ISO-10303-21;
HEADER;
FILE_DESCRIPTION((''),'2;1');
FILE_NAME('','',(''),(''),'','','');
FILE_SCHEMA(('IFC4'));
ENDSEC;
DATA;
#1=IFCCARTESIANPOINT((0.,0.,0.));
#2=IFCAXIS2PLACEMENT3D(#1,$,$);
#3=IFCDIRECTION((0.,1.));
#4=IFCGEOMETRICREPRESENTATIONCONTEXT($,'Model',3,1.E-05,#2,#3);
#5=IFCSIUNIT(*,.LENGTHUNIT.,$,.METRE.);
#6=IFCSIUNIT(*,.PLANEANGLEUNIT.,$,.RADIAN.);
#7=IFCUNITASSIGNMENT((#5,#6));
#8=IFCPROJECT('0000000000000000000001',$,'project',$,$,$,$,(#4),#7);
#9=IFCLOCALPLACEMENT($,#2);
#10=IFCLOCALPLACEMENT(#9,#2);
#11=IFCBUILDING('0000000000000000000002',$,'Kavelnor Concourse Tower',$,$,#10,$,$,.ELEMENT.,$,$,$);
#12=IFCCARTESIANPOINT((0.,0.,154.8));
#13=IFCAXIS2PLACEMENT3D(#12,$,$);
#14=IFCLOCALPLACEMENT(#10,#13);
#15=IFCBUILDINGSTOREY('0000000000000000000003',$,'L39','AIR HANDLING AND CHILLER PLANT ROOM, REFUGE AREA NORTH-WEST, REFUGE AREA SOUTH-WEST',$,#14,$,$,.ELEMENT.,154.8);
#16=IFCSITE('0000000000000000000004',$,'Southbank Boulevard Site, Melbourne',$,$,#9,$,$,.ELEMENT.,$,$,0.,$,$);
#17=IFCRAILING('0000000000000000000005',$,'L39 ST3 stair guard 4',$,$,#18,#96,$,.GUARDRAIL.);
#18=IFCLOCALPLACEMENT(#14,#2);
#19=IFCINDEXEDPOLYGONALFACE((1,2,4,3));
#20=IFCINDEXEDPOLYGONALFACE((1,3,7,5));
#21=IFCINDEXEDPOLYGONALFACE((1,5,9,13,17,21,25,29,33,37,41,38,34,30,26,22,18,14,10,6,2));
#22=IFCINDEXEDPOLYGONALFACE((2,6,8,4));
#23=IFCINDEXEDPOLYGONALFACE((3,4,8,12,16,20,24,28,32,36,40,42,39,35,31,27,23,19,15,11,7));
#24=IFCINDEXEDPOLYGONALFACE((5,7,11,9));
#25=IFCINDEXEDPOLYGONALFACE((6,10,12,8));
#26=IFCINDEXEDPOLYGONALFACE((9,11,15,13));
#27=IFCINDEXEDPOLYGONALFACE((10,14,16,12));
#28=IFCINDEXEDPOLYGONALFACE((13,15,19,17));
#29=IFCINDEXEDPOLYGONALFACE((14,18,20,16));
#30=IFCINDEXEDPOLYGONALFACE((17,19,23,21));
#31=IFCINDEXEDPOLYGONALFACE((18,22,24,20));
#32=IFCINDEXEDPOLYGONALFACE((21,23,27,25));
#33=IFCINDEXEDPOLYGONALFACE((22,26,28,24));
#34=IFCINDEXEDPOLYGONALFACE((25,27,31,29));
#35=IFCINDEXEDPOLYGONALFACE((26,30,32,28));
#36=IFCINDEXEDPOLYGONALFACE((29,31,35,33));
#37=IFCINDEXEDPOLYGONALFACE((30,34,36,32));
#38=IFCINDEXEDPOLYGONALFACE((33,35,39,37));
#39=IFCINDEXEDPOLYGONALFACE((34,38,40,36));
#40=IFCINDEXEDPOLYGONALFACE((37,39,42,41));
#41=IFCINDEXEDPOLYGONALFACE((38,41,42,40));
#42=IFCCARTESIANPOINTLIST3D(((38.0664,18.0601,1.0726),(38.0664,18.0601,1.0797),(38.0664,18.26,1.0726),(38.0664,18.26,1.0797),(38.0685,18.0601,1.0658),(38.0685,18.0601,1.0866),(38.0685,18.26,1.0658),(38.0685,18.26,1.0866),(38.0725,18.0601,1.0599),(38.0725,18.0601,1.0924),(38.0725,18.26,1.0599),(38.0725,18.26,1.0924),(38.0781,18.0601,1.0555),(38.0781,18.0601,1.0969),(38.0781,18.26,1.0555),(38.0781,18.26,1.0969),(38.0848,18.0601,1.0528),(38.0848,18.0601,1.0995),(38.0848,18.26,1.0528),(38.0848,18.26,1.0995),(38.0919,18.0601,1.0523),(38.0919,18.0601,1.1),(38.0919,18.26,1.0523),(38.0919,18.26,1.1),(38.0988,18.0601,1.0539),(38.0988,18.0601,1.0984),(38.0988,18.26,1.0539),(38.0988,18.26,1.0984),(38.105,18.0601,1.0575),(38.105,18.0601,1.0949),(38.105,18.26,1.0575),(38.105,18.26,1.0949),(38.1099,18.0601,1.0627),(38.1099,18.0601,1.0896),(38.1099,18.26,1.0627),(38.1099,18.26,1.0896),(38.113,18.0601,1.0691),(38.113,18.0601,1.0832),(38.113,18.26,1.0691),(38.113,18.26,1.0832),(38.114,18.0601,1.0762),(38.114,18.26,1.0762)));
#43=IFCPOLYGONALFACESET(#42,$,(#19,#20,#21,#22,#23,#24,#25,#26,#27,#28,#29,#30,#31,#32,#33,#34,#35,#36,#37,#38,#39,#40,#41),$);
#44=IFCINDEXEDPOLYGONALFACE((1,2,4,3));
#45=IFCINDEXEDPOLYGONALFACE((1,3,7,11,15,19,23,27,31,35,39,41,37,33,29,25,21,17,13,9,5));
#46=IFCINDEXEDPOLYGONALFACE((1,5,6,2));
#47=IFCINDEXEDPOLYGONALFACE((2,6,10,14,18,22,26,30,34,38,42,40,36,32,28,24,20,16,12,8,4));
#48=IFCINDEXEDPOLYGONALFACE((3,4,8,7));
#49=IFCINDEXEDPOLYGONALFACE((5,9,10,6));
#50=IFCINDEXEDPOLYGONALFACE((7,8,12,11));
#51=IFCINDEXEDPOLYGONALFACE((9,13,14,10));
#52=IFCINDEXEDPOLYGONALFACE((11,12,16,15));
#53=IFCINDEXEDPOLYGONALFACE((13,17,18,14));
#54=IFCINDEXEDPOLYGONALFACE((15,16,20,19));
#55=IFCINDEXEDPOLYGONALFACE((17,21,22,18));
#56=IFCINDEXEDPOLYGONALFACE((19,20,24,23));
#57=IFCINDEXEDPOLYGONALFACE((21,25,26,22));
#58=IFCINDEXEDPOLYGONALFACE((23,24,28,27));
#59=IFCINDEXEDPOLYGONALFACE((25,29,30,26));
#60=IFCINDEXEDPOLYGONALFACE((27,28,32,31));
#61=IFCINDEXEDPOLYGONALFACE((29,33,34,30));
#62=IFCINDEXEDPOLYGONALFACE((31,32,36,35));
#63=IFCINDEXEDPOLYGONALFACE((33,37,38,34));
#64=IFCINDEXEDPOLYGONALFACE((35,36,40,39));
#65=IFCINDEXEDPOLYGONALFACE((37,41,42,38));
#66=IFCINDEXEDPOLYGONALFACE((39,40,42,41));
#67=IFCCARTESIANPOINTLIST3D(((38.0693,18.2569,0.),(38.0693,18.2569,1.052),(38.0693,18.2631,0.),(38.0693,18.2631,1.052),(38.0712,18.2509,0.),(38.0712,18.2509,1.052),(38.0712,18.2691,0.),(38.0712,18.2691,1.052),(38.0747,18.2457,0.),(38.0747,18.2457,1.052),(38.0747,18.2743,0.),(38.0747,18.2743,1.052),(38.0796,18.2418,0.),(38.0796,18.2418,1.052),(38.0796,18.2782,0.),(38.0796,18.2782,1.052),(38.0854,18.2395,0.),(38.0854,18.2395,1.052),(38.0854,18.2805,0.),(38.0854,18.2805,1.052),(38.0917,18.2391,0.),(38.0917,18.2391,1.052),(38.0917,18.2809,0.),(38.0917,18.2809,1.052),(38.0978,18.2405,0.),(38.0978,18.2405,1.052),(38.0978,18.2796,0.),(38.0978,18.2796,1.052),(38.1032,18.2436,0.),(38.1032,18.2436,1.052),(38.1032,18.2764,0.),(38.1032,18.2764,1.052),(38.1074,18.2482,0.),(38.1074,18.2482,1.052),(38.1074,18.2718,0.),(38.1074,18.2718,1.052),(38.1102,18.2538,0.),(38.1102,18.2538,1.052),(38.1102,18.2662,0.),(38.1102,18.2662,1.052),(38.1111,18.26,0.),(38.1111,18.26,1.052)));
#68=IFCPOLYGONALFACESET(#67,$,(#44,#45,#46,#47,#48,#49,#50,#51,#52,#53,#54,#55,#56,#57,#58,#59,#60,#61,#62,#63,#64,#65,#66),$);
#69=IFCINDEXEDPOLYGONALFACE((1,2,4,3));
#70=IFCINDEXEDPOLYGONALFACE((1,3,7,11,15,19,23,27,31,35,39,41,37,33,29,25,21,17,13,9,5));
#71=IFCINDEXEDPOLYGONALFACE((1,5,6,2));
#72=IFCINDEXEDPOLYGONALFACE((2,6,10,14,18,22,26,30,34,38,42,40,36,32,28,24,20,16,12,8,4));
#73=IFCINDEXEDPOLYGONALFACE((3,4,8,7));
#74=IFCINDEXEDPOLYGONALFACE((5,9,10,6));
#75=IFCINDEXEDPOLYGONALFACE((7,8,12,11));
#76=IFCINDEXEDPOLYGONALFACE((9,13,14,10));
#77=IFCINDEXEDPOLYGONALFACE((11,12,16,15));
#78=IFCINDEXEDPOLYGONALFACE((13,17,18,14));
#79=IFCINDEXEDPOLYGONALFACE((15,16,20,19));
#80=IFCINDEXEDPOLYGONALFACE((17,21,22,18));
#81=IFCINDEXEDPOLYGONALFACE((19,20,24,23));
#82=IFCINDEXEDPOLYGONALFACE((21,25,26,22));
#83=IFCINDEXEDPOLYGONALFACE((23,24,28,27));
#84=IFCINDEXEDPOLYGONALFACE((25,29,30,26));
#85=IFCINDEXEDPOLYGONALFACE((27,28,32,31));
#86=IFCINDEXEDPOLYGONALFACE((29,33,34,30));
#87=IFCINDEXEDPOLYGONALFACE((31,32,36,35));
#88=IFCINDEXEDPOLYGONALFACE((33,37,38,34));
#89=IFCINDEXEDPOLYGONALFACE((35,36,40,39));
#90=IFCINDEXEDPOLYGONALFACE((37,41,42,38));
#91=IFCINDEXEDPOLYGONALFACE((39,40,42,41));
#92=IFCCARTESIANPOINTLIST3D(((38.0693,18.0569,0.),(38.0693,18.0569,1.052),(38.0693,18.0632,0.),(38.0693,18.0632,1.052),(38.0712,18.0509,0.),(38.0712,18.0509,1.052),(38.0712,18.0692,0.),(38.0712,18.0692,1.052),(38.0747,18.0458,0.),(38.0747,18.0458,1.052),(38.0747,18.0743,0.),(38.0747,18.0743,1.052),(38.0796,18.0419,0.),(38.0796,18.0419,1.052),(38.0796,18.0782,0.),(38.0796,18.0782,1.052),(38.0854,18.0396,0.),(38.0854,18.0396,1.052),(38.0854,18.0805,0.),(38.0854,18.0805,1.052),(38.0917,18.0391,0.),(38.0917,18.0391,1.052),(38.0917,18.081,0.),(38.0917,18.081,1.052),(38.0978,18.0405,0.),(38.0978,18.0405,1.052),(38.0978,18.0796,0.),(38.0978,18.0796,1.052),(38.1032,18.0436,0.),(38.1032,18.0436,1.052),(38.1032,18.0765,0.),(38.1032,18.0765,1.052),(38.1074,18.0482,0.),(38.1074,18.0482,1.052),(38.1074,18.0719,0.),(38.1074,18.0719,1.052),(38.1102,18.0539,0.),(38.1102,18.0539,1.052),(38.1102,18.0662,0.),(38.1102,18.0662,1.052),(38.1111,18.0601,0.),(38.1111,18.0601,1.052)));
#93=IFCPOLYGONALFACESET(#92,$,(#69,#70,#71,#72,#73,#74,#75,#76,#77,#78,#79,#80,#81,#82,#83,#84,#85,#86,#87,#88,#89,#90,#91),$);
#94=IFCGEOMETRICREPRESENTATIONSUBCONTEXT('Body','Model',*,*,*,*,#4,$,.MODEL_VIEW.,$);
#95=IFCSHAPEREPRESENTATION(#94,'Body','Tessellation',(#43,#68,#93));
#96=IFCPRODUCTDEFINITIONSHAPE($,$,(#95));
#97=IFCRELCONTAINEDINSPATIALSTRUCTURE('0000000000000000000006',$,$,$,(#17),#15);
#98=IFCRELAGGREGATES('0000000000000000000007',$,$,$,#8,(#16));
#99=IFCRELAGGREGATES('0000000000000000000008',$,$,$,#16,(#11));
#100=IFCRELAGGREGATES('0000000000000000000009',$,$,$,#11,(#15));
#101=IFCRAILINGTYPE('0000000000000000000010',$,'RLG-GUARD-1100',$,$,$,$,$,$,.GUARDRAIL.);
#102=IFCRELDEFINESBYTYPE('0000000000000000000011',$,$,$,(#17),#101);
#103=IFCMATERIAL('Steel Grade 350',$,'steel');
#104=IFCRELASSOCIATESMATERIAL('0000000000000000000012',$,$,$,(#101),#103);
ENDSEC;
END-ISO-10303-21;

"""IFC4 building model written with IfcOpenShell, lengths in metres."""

from ifc_helpers import new_model, si_unit, direction, frame, origin, origin_2d, place, context, subcontext, project, spatial, circle, extrude, material, type_object, element, save


model = new_model("IFC4")

# Units and contexts
model_context = context("Model", 3, precision=1e-05, world=origin(), true_north=direction((0.0, 1.0)))
body_context = subcontext(model_context, "Body", "Model", "MODEL_VIEW")
ifc_project = project(units=[si_unit("LENGTHUNIT", "METRE"), si_unit("PLANEANGLEUNIT", "RADIAN")], contexts=[model_context])

# Site, building, storey
site_placement = place(None, origin())
site = spatial("IfcSite", under=ifc_project, at=site_placement, Name="Southbank Boulevard Site, Melbourne", CompositionType="ELEMENT", RefElevation=0.0)
building_placement = place(site_placement, origin())
building = spatial("IfcBuilding", under=site, at=building_placement, Name="Kavelnor Concourse Tower", CompositionType="ELEMENT")
storey_placement = place(building_placement, frame((0.0, 0.0, 154.8)))
storey = spatial("IfcBuildingStorey", under=building, at=storey_placement, Name="L39", Description="AIR HANDLING AND CHILLER PLANT ROOM, REFUGE AREA NORTH-WEST, REFUGE AREA SOUTH-WEST", CompositionType="ELEMENT", Elevation=154.8)

# Shared definitions
ifc_material_1 = material(Name="Steel Grade 350", Category="steel")

# Railing
railing_type_1 = type_object("IfcRailingType", Name="RLG-GUARD-1100", PredefinedType="GUARDRAIL", material=ifc_material_1)
railing_1_placement = place(storey_placement, frame((38.0901, 18.26, 0.0)))
element("IfcRailing", 1, at=railing_1_placement, inside=storey, type_object=railing_type_1, Name="L39 ST3 stair guard 4", PredefinedType="GUARDRAIL", context=body_context, shape_type="SweptSolid", body=[
    extrude(circle(Radius=0.0239, at=origin_2d()), frame((0.0, 0.0, 1.0762), z_axis=(0.0, -1.0, 0.0), x_axis=(1.0, 0.0, 0.0)), (0.0, 0.0, 1.0), 0.2),
    extrude(circle(Radius=0.021, at=origin_2d()), origin(), (0.0, 0.0, 1.0), 1.052),
    extrude(circle(Radius=0.021, at=origin_2d()), frame((0.0, -0.2, 0.0)), (0.0, 0.0, 1.0), 1.052),
])

save(model, "model.ifc")
